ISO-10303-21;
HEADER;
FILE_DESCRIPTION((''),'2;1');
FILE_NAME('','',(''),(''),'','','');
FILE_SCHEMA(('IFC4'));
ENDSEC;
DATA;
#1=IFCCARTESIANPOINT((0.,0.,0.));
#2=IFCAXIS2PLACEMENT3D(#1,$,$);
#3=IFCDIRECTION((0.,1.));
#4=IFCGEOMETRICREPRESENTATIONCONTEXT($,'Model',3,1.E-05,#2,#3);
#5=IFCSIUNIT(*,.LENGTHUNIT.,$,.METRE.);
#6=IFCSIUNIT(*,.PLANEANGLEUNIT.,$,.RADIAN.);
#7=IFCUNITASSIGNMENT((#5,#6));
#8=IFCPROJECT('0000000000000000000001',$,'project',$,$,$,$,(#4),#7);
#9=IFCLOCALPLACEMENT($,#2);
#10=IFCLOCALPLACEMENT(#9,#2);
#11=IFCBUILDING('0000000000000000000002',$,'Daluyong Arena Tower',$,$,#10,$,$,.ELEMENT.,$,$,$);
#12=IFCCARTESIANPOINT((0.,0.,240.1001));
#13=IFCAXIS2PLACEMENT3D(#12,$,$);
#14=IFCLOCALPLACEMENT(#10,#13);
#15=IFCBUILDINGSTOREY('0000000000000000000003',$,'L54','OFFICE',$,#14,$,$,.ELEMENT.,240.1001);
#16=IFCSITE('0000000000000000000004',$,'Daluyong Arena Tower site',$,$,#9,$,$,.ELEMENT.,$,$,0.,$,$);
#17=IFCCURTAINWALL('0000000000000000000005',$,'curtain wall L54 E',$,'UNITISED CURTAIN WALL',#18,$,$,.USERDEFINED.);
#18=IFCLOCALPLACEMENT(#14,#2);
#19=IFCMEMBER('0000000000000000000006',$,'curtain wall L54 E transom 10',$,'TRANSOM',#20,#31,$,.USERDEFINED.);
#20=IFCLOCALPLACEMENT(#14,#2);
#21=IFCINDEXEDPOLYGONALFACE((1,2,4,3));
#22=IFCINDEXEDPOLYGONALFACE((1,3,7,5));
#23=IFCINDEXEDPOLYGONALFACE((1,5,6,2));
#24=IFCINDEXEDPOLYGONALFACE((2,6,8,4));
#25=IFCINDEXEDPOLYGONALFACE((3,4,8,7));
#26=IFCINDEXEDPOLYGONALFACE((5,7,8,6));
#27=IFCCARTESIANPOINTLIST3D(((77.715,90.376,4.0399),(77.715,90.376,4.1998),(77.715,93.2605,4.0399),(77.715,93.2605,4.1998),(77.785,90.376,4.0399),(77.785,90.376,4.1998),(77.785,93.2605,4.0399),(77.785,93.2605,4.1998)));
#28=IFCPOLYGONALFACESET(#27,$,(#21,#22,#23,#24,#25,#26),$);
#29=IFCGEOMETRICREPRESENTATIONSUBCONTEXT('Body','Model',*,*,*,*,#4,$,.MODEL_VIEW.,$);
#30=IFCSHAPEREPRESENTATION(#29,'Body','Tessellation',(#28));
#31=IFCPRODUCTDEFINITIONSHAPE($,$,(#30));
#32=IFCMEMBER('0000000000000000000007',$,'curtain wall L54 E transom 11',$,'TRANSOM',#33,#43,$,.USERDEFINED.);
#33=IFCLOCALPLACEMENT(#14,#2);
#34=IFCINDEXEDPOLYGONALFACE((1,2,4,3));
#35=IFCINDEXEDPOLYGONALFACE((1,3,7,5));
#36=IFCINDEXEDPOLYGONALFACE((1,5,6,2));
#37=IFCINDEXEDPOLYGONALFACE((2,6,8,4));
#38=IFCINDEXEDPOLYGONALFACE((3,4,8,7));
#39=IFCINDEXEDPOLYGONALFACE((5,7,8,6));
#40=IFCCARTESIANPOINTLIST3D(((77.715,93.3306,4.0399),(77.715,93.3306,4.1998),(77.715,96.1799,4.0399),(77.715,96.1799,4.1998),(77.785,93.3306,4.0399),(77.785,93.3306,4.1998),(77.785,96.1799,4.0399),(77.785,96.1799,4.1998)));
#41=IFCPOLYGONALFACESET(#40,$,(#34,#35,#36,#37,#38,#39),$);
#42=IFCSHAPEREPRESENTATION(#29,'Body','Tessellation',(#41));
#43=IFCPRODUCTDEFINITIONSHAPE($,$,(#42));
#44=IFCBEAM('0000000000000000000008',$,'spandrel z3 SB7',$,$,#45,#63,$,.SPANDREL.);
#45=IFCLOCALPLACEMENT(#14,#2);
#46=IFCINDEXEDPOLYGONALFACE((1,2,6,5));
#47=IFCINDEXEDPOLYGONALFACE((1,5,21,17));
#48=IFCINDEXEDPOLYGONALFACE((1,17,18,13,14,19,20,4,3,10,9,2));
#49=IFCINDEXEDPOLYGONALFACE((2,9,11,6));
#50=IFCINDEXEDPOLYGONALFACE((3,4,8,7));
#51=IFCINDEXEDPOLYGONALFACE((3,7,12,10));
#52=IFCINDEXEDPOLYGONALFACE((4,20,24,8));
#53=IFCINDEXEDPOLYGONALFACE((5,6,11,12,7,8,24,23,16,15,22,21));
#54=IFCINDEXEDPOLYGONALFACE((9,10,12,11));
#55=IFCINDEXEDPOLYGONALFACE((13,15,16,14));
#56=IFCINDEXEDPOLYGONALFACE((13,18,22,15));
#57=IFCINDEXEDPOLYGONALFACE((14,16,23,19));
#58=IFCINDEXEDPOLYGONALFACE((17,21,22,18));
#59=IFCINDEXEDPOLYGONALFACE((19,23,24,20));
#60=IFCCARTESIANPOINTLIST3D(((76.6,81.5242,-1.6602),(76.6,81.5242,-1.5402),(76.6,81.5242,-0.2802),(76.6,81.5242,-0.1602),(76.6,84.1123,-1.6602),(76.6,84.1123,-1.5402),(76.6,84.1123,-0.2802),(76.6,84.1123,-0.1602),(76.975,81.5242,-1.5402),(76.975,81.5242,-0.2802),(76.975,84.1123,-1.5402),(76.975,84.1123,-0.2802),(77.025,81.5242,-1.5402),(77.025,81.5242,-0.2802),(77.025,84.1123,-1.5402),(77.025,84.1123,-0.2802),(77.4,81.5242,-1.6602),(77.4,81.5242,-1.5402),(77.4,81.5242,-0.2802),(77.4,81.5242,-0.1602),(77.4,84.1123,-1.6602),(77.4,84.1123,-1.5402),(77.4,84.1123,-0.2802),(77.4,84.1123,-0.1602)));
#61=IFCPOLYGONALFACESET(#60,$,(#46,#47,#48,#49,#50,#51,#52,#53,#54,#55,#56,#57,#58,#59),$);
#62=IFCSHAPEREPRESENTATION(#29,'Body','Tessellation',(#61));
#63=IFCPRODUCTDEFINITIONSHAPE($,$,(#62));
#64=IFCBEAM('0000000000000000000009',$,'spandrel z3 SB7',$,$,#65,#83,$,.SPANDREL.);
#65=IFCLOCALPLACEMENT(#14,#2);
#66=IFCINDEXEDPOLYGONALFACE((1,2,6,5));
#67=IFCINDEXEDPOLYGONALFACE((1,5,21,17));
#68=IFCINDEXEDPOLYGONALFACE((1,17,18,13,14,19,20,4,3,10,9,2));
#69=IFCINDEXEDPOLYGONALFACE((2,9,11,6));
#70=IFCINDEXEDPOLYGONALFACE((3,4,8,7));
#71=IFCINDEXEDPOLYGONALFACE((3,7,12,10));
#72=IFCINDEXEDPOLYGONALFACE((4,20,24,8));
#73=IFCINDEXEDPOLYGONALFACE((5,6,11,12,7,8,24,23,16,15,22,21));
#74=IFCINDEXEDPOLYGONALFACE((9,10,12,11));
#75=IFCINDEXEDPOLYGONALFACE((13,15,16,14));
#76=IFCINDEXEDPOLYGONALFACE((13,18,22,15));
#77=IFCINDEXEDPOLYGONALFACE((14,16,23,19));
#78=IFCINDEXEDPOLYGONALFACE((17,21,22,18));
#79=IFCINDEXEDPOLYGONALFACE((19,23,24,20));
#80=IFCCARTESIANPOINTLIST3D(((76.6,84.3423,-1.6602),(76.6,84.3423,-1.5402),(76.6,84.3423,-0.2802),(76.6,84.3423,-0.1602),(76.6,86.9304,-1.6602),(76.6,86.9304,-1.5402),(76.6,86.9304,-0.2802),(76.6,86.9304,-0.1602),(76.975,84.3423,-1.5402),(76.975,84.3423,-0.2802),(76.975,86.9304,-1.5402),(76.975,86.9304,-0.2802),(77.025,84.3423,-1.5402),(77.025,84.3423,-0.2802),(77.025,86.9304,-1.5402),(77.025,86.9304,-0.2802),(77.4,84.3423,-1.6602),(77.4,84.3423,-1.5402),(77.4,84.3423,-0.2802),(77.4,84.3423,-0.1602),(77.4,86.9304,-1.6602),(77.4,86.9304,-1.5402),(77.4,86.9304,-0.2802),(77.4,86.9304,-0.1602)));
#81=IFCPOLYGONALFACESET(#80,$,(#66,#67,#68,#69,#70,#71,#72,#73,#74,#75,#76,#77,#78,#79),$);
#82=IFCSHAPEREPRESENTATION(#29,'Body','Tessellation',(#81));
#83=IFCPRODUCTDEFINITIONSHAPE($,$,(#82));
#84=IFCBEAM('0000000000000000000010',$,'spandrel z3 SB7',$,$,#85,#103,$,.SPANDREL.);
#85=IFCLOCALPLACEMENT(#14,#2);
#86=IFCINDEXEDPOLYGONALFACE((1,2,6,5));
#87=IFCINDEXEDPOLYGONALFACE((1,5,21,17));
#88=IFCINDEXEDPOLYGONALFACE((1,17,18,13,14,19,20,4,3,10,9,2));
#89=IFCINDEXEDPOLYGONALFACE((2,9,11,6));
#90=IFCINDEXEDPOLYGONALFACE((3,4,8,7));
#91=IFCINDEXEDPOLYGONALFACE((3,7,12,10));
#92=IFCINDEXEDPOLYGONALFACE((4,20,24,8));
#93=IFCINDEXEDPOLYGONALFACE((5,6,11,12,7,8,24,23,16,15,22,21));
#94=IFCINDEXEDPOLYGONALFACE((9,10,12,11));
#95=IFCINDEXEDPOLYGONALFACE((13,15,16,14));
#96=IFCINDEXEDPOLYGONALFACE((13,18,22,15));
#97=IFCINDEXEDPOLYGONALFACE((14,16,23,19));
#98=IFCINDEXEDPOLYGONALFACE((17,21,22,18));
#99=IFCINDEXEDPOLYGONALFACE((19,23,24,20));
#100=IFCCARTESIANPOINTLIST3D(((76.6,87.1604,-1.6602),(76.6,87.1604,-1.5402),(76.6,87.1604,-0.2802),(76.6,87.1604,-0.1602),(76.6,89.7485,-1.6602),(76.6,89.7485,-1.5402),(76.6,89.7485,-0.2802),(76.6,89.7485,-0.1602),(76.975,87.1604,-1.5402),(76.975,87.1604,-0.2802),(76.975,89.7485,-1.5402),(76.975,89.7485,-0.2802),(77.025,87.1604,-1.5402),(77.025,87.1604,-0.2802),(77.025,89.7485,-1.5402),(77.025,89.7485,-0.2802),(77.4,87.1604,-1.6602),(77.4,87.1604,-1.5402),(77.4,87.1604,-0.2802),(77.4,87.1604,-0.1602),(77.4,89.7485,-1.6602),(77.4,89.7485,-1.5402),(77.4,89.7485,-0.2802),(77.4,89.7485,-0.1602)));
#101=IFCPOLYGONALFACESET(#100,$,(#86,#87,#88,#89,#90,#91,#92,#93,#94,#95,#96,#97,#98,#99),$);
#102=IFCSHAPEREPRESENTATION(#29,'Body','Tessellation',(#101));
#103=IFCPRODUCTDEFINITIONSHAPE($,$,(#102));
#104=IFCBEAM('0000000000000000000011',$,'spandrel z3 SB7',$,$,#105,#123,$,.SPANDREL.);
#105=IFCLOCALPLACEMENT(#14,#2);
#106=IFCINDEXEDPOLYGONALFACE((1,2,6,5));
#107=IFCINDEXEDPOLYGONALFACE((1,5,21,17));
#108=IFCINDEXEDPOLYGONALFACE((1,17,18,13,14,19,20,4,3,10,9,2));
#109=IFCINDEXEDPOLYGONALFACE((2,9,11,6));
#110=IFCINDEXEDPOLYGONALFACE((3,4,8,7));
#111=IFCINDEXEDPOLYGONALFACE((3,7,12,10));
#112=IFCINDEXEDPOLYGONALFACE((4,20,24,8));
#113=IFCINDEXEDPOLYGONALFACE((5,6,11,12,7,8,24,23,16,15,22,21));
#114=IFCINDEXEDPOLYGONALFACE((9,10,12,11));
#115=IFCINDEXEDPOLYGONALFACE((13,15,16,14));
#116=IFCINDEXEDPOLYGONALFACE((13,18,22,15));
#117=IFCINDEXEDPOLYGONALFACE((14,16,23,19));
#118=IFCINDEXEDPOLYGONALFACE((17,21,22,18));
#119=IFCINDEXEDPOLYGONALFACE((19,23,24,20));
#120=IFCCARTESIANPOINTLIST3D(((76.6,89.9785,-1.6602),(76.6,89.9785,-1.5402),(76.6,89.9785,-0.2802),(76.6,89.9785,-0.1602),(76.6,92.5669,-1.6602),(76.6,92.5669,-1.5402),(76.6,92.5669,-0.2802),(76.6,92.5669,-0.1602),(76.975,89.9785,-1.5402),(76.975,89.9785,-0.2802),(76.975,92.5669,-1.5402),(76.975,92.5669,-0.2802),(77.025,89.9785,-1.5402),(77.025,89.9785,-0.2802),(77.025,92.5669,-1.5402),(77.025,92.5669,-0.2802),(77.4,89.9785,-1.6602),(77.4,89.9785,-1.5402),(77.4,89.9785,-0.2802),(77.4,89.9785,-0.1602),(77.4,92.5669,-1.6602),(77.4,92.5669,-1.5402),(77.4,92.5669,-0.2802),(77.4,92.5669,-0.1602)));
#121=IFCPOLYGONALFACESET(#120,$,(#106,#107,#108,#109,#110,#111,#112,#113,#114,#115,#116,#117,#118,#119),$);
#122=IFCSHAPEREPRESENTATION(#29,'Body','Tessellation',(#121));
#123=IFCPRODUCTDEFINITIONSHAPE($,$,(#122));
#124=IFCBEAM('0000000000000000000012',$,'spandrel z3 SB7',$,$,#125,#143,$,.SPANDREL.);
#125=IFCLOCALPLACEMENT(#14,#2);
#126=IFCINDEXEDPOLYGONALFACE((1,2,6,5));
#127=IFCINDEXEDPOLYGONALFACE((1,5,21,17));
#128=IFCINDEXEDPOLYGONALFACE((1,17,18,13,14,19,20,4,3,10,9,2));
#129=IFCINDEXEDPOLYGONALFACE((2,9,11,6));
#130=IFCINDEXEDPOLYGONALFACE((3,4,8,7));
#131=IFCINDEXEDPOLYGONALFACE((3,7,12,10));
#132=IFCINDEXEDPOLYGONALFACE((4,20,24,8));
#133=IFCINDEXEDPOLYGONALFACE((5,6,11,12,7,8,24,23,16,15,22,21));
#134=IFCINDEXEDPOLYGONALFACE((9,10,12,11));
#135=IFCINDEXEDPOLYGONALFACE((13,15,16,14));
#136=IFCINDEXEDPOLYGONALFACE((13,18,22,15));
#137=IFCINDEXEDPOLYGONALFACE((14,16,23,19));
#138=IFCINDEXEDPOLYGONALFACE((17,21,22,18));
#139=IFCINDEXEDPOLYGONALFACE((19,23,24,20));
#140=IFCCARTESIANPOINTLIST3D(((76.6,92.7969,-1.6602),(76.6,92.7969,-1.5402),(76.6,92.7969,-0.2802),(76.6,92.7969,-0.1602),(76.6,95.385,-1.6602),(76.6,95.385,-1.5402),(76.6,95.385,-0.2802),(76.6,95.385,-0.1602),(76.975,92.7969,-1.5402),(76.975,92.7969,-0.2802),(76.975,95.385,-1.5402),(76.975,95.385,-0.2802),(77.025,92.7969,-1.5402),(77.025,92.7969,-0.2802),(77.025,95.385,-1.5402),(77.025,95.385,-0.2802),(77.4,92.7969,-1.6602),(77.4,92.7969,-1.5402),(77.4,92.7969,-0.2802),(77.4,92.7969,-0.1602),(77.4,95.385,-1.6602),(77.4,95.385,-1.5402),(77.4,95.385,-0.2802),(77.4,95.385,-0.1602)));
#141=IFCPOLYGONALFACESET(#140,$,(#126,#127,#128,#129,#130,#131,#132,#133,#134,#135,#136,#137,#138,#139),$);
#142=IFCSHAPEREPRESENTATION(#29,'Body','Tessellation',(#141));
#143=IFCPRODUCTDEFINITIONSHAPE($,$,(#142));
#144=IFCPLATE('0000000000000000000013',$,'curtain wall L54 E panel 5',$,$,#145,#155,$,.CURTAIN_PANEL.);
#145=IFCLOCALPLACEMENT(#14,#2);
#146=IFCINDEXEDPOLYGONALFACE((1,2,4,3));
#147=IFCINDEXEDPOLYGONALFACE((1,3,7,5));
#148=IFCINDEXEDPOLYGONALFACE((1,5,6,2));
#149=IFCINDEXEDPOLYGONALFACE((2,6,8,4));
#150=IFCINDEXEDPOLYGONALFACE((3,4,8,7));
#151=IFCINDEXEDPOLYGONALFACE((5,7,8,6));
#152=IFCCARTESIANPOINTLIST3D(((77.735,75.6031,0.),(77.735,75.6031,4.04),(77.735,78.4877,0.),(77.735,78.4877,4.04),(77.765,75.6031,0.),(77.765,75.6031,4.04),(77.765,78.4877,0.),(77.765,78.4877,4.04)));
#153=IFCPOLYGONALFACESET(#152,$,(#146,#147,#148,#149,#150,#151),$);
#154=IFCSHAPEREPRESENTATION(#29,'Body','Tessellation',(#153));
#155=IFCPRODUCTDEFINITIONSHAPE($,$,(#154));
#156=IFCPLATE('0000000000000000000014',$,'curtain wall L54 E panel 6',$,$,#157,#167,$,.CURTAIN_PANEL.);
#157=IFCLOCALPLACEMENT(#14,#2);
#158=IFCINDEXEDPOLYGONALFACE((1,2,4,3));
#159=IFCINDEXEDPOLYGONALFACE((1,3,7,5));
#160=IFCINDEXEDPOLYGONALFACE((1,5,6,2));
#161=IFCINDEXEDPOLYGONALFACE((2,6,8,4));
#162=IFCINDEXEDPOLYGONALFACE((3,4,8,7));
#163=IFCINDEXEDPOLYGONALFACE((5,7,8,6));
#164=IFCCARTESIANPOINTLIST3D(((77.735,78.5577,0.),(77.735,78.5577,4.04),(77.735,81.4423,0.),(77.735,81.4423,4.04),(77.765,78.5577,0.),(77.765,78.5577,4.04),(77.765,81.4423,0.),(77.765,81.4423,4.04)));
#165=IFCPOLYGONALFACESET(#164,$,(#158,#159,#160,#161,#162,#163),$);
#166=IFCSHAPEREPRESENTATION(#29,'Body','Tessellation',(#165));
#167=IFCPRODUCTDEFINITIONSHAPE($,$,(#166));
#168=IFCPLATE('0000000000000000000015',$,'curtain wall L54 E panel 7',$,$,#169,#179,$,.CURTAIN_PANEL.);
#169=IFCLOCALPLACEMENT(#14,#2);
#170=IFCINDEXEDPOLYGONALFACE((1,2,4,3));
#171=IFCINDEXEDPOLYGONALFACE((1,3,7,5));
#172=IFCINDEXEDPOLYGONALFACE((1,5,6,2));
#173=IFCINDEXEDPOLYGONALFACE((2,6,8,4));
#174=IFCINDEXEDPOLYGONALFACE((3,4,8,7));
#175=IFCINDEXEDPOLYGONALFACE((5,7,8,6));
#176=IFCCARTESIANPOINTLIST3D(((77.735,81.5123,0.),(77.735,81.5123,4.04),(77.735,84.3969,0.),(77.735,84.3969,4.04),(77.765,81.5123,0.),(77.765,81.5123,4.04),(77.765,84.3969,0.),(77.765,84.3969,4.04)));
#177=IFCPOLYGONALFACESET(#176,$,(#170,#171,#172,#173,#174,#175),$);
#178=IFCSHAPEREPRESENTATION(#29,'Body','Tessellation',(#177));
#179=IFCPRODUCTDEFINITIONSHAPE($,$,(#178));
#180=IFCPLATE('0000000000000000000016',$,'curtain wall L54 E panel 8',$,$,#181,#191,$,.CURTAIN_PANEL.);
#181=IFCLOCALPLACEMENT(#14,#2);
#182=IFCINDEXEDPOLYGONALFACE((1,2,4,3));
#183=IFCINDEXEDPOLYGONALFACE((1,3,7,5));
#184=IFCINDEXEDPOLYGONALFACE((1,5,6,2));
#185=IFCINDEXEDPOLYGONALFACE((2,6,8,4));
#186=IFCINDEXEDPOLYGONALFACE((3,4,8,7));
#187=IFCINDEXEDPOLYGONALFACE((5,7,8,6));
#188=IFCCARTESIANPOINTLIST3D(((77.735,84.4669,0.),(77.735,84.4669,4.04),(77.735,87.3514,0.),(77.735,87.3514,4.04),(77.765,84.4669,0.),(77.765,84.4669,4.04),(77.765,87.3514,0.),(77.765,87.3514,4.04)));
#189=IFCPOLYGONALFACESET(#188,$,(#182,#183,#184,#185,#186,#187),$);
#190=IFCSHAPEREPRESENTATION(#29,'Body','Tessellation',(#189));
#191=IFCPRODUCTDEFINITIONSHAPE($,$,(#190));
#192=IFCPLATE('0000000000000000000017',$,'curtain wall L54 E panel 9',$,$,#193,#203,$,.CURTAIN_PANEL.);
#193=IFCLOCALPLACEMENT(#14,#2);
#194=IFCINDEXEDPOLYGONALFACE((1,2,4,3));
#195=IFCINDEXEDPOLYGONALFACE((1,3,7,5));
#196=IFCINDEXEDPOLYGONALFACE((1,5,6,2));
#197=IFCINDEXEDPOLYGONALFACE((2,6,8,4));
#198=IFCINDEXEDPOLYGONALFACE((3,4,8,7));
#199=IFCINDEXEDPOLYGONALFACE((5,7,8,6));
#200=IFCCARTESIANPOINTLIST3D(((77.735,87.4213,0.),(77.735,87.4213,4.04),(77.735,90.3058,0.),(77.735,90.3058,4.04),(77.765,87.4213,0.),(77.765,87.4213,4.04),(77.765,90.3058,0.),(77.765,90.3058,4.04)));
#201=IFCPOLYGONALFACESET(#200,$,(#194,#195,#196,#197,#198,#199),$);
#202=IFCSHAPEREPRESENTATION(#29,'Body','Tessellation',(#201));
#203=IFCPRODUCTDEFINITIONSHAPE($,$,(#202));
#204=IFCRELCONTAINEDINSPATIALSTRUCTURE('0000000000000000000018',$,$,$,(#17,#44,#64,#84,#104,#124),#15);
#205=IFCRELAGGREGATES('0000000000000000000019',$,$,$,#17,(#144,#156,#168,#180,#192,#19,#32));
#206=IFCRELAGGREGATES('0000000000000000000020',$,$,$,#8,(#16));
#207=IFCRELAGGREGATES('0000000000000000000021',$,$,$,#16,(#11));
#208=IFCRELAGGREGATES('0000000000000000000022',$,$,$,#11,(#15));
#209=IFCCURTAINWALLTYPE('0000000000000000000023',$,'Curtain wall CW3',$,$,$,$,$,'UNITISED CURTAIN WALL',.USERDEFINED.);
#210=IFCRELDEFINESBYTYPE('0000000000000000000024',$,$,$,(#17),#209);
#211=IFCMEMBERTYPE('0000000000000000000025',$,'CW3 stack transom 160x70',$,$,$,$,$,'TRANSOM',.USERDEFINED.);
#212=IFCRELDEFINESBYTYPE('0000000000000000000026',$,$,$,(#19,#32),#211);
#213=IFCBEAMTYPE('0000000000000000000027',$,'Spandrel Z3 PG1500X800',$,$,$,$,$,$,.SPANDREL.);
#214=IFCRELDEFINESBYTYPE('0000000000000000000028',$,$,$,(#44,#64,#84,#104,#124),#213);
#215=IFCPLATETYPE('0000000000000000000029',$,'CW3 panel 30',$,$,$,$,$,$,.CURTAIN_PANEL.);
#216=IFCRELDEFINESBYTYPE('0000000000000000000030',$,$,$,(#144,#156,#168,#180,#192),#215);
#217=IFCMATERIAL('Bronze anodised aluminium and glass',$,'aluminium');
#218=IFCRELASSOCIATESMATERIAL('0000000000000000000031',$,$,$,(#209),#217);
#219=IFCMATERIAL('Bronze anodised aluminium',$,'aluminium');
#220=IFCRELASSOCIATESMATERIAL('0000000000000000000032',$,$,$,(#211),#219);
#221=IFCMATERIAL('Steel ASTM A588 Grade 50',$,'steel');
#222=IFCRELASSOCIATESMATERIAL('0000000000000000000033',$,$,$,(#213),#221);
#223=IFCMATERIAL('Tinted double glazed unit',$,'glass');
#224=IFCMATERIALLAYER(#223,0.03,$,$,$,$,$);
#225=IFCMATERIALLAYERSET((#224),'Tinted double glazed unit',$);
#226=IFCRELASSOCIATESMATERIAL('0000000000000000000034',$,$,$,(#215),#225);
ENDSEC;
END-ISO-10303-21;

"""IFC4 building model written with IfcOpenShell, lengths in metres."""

from ifc_helpers import new_model, si_unit, direction, frame, origin, origin_2d, place, context, subcontext, project, spatial, rectangle, i_section, extrude, material, layer, layer_set, material_profile, profile_set, type_object, element, aggregate, save


model = new_model("IFC4")

# Units and contexts
model_context = context("Model", 3, precision=1e-05, world=origin(), true_north=direction((0.0, 1.0)))
body_context = subcontext(model_context, "Body", "Model", "MODEL_VIEW")
ifc_project = project(units=[si_unit("LENGTHUNIT", "METRE"), si_unit("PLANEANGLEUNIT", "RADIAN")], contexts=[model_context])

# Site, building, storey
site_placement = place(None, origin())
site = spatial("IfcSite", under=ifc_project, at=site_placement, Name="Daluyong Arena Tower site", CompositionType="ELEMENT", RefElevation=0.0)
building_placement = place(site_placement, origin())
building = spatial("IfcBuilding", under=site, at=building_placement, Name="Daluyong Arena Tower", CompositionType="ELEMENT")
storey_placement = place(building_placement, frame((0.0, 0.0, 240.1001)))
storey = spatial("IfcBuildingStorey", under=building, at=storey_placement, Name="L54", Description="OFFICE", CompositionType="ELEMENT", Elevation=240.1001)

# Curtain wall, members
ifc_material_1 = material(Name="Bronze anodised aluminium and glass", Category="aluminium")
curtain_wall_type = type_object("IfcCurtainWallType", Name="Curtain wall CW3", ElementType="UNITISED CURTAIN WALL", PredefinedType="USERDEFINED", material=ifc_material_1)
curtain_wall_placement = place(storey_placement, origin())
curtain_wall = element("IfcCurtainWall", 1, at=curtain_wall_placement, inside=storey, type_object=curtain_wall_type, Name="curtain wall L54 E", ObjectType="UNITISED CURTAIN WALL", PredefinedType="USERDEFINED")
ifc_material_2 = material(Name="Bronze anodised aluminium", Category="aluminium")
ifc_material_profile_1 = material_profile(ifc_material_2, rectangle(XDim=0.0701, YDim=0.1599, at=origin_2d()))
ifc_profile_set_1 = profile_set([ifc_material_profile_1], Name="Bronze anodised aluminium")
member_type_1 = type_object("IfcMemberType", Name="CW3 stack transom 160x70", ElementType="TRANSOM", PredefinedType="USERDEFINED", material=ifc_profile_set_1)
member_1_placement = place(storey_placement, frame((77.75, 90.376, 4.1199), z_axis=(0.0, 1.0, 0.0), x_axis=(-1.0, 0.0, 0.0)))
member_1 = element("IfcMember", 2, at=member_1_placement, type_object=member_type_1, Name="curtain wall L54 E transom 10", ObjectType="TRANSOM", PredefinedType="USERDEFINED", context=body_context, shape_type="SweptSolid", body=[
    extrude(rectangle(XDim=0.0701, YDim=0.1599, at=origin_2d()), origin(), (0.0, 0.0, 1.0), 2.8845),
])
member_2_placement = place(storey_placement, frame((77.75, 93.3306, 4.1199), z_axis=(0.0, 1.0, 0.0), x_axis=(-1.0, 0.0, 0.0)))
member_2 = element("IfcMember", 3, at=member_2_placement, type_object=member_type_1, Name="curtain wall L54 E transom 11", ObjectType="TRANSOM", PredefinedType="USERDEFINED", context=body_context, shape_type="SweptSolid", body=[
    extrude(rectangle(XDim=0.0701, YDim=0.1599, at=origin_2d()), origin(), (0.0, 0.0, 1.0), 2.8494),
])

# Beams
ifc_material_3 = material(Name="Steel ASTM A588 Grade 50", Category="steel")
ifc_material_profile_2 = material_profile(ifc_material_3, i_section(OverallWidth=0.8, OverallDepth=1.5, WebThickness=0.05, FlangeThickness=0.12, at=origin_2d()))
ifc_profile_set_2 = profile_set([ifc_material_profile_2], Name="Steel ASTM A588 Grade 50")
beam_type = type_object("IfcBeamType", Name="Spandrel Z3 PG1500X800", PredefinedType="SPANDREL", material=ifc_profile_set_2)
for number, where, z_axis, x_axis, name in (
    (4, (77.0, 81.5242, -0.9102), (0.0, 1.0, 0.0), (-1.0, 0.0, 0.0), "spandrel z3 SB7"),
    (5, (77.0, 84.3423, -0.9102), (0.0, 1.0, 0.0), (-1.0, 0.0, 0.0), "spandrel z3 SB7"),
    (6, (77.0, 87.1604, -0.9102), (0.0, 1.0, 0.0), (-1.0, 0.0, 0.0), "spandrel z3 SB7"),
):
    element("IfcBeam", number, at=place(storey_placement, frame(where, z_axis=z_axis, x_axis=x_axis)), inside=storey, type_object=beam_type, Name=name, PredefinedType="SPANDREL", context=body_context, shape_type="SweptSolid", body=[
        extrude(i_section(OverallWidth=0.8, OverallDepth=1.5, WebThickness=0.05, FlangeThickness=0.12, at=origin_2d()), origin(), (0.0, 0.0, 1.0), 2.5881),
    ])
beam_1_placement = place(storey_placement, frame((77.0, 89.9785, -0.9102), z_axis=(0.0, 1.0, 0.0), x_axis=(-1.0, 0.0, 0.0)))
element("IfcBeam", 7, at=beam_1_placement, inside=storey, type_object=beam_type, Name="spandrel z3 SB7", PredefinedType="SPANDREL", context=body_context, shape_type="SweptSolid", body=[
    extrude(i_section(OverallWidth=0.8, OverallDepth=1.5, WebThickness=0.05, FlangeThickness=0.12, at=origin_2d()), origin(), (0.0, 0.0, 1.0), 2.5884),
])
beam_2_placement = place(storey_placement, frame((77.0, 92.7969, -0.9102), z_axis=(0.0, 1.0, 0.0), x_axis=(-1.0, 0.0, 0.0)))
element("IfcBeam", 8, at=beam_2_placement, inside=storey, type_object=beam_type, Name="spandrel z3 SB7", PredefinedType="SPANDREL", context=body_context, shape_type="SweptSolid", body=[
    extrude(i_section(OverallWidth=0.8, OverallDepth=1.5, WebThickness=0.05, FlangeThickness=0.12, at=origin_2d()), origin(), (0.0, 0.0, 1.0), 2.5881),
])

# Plates
ifc_material_4 = material(Name="Tinted double glazed unit", Category="glass")
ifc_layer = layer(ifc_material_4, 0.03)
ifc_layer_set = layer_set([ifc_layer], Name="Tinted double glazed unit")
plate_type = type_object("IfcPlateType", Name="CW3 panel 30", PredefinedType="CURTAIN_PANEL", material=ifc_layer_set)
plate_1_placement = place(storey_placement, frame((77.75, 77.0454, 0.0), z_axis=(0.0, 0.0, 1.0), x_axis=(0.0, 1.0, 0.0)))
plate_1 = element("IfcPlate", 9, at=plate_1_placement, type_object=plate_type, Name="curtain wall L54 E panel 5", PredefinedType="CURTAIN_PANEL", context=body_context, shape_type="SweptSolid", body=[
    extrude(rectangle(XDim=2.8845, YDim=0.03, at=origin_2d()), origin(), (0.0, 0.0, 1.0), 4.04),
])
plate_2_placement = place(storey_placement, frame((77.75, 80.0, 0.0), z_axis=(0.0, 0.0, 1.0), x_axis=(0.0, 1.0, 0.0)))
plate_2 = element("IfcPlate", 10, at=plate_2_placement, type_object=plate_type, Name="curtain wall L54 E panel 6", PredefinedType="CURTAIN_PANEL", context=body_context, shape_type="SweptSolid", body=[
    extrude(rectangle(XDim=2.8845, YDim=0.03, at=origin_2d()), origin(), (0.0, 0.0, 1.0), 4.04),
])
plate_3_placement = place(storey_placement, frame((77.75, 82.9546, 0.0), z_axis=(0.0, 0.0, 1.0), x_axis=(0.0, 1.0, 0.0)))
plate_3 = element("IfcPlate", 11, at=plate_3_placement, type_object=plate_type, Name="curtain wall L54 E panel 7", PredefinedType="CURTAIN_PANEL", context=body_context, shape_type="SweptSolid", body=[
    extrude(rectangle(XDim=2.8845, YDim=0.03, at=origin_2d()), origin(), (0.0, 0.0, 1.0), 4.04),
])
plate_4_placement = place(storey_placement, frame((77.75, 85.9092, 0.0), z_axis=(0.0, 0.0, 1.0), x_axis=(0.0, 1.0, 0.0)))
plate_4 = element("IfcPlate", 12, at=plate_4_placement, type_object=plate_type, Name="curtain wall L54 E panel 8", PredefinedType="CURTAIN_PANEL", context=body_context, shape_type="SweptSolid", body=[
    extrude(rectangle(XDim=2.8845, YDim=0.03, at=origin_2d()), origin(), (0.0, 0.0, 1.0), 4.04),
])
plate_5_placement = place(storey_placement, frame((77.75, 88.8635, 0.0), z_axis=(0.0, 0.0, 1.0), x_axis=(0.0, 1.0, 0.0)))
plate_5 = element("IfcPlate", 13, at=plate_5_placement, type_object=plate_type, Name="curtain wall L54 E panel 9", PredefinedType="CURTAIN_PANEL", context=body_context, shape_type="SweptSolid", body=[
    extrude(rectangle(XDim=2.8845, YDim=0.03, at=origin_2d()), origin(), (0.0, 0.0, 1.0), 4.04),
])
aggregate(curtain_wall, [plate_1, plate_2, plate_3, plate_4, plate_5, member_1, member_2])

save(model, "model.ifc")
